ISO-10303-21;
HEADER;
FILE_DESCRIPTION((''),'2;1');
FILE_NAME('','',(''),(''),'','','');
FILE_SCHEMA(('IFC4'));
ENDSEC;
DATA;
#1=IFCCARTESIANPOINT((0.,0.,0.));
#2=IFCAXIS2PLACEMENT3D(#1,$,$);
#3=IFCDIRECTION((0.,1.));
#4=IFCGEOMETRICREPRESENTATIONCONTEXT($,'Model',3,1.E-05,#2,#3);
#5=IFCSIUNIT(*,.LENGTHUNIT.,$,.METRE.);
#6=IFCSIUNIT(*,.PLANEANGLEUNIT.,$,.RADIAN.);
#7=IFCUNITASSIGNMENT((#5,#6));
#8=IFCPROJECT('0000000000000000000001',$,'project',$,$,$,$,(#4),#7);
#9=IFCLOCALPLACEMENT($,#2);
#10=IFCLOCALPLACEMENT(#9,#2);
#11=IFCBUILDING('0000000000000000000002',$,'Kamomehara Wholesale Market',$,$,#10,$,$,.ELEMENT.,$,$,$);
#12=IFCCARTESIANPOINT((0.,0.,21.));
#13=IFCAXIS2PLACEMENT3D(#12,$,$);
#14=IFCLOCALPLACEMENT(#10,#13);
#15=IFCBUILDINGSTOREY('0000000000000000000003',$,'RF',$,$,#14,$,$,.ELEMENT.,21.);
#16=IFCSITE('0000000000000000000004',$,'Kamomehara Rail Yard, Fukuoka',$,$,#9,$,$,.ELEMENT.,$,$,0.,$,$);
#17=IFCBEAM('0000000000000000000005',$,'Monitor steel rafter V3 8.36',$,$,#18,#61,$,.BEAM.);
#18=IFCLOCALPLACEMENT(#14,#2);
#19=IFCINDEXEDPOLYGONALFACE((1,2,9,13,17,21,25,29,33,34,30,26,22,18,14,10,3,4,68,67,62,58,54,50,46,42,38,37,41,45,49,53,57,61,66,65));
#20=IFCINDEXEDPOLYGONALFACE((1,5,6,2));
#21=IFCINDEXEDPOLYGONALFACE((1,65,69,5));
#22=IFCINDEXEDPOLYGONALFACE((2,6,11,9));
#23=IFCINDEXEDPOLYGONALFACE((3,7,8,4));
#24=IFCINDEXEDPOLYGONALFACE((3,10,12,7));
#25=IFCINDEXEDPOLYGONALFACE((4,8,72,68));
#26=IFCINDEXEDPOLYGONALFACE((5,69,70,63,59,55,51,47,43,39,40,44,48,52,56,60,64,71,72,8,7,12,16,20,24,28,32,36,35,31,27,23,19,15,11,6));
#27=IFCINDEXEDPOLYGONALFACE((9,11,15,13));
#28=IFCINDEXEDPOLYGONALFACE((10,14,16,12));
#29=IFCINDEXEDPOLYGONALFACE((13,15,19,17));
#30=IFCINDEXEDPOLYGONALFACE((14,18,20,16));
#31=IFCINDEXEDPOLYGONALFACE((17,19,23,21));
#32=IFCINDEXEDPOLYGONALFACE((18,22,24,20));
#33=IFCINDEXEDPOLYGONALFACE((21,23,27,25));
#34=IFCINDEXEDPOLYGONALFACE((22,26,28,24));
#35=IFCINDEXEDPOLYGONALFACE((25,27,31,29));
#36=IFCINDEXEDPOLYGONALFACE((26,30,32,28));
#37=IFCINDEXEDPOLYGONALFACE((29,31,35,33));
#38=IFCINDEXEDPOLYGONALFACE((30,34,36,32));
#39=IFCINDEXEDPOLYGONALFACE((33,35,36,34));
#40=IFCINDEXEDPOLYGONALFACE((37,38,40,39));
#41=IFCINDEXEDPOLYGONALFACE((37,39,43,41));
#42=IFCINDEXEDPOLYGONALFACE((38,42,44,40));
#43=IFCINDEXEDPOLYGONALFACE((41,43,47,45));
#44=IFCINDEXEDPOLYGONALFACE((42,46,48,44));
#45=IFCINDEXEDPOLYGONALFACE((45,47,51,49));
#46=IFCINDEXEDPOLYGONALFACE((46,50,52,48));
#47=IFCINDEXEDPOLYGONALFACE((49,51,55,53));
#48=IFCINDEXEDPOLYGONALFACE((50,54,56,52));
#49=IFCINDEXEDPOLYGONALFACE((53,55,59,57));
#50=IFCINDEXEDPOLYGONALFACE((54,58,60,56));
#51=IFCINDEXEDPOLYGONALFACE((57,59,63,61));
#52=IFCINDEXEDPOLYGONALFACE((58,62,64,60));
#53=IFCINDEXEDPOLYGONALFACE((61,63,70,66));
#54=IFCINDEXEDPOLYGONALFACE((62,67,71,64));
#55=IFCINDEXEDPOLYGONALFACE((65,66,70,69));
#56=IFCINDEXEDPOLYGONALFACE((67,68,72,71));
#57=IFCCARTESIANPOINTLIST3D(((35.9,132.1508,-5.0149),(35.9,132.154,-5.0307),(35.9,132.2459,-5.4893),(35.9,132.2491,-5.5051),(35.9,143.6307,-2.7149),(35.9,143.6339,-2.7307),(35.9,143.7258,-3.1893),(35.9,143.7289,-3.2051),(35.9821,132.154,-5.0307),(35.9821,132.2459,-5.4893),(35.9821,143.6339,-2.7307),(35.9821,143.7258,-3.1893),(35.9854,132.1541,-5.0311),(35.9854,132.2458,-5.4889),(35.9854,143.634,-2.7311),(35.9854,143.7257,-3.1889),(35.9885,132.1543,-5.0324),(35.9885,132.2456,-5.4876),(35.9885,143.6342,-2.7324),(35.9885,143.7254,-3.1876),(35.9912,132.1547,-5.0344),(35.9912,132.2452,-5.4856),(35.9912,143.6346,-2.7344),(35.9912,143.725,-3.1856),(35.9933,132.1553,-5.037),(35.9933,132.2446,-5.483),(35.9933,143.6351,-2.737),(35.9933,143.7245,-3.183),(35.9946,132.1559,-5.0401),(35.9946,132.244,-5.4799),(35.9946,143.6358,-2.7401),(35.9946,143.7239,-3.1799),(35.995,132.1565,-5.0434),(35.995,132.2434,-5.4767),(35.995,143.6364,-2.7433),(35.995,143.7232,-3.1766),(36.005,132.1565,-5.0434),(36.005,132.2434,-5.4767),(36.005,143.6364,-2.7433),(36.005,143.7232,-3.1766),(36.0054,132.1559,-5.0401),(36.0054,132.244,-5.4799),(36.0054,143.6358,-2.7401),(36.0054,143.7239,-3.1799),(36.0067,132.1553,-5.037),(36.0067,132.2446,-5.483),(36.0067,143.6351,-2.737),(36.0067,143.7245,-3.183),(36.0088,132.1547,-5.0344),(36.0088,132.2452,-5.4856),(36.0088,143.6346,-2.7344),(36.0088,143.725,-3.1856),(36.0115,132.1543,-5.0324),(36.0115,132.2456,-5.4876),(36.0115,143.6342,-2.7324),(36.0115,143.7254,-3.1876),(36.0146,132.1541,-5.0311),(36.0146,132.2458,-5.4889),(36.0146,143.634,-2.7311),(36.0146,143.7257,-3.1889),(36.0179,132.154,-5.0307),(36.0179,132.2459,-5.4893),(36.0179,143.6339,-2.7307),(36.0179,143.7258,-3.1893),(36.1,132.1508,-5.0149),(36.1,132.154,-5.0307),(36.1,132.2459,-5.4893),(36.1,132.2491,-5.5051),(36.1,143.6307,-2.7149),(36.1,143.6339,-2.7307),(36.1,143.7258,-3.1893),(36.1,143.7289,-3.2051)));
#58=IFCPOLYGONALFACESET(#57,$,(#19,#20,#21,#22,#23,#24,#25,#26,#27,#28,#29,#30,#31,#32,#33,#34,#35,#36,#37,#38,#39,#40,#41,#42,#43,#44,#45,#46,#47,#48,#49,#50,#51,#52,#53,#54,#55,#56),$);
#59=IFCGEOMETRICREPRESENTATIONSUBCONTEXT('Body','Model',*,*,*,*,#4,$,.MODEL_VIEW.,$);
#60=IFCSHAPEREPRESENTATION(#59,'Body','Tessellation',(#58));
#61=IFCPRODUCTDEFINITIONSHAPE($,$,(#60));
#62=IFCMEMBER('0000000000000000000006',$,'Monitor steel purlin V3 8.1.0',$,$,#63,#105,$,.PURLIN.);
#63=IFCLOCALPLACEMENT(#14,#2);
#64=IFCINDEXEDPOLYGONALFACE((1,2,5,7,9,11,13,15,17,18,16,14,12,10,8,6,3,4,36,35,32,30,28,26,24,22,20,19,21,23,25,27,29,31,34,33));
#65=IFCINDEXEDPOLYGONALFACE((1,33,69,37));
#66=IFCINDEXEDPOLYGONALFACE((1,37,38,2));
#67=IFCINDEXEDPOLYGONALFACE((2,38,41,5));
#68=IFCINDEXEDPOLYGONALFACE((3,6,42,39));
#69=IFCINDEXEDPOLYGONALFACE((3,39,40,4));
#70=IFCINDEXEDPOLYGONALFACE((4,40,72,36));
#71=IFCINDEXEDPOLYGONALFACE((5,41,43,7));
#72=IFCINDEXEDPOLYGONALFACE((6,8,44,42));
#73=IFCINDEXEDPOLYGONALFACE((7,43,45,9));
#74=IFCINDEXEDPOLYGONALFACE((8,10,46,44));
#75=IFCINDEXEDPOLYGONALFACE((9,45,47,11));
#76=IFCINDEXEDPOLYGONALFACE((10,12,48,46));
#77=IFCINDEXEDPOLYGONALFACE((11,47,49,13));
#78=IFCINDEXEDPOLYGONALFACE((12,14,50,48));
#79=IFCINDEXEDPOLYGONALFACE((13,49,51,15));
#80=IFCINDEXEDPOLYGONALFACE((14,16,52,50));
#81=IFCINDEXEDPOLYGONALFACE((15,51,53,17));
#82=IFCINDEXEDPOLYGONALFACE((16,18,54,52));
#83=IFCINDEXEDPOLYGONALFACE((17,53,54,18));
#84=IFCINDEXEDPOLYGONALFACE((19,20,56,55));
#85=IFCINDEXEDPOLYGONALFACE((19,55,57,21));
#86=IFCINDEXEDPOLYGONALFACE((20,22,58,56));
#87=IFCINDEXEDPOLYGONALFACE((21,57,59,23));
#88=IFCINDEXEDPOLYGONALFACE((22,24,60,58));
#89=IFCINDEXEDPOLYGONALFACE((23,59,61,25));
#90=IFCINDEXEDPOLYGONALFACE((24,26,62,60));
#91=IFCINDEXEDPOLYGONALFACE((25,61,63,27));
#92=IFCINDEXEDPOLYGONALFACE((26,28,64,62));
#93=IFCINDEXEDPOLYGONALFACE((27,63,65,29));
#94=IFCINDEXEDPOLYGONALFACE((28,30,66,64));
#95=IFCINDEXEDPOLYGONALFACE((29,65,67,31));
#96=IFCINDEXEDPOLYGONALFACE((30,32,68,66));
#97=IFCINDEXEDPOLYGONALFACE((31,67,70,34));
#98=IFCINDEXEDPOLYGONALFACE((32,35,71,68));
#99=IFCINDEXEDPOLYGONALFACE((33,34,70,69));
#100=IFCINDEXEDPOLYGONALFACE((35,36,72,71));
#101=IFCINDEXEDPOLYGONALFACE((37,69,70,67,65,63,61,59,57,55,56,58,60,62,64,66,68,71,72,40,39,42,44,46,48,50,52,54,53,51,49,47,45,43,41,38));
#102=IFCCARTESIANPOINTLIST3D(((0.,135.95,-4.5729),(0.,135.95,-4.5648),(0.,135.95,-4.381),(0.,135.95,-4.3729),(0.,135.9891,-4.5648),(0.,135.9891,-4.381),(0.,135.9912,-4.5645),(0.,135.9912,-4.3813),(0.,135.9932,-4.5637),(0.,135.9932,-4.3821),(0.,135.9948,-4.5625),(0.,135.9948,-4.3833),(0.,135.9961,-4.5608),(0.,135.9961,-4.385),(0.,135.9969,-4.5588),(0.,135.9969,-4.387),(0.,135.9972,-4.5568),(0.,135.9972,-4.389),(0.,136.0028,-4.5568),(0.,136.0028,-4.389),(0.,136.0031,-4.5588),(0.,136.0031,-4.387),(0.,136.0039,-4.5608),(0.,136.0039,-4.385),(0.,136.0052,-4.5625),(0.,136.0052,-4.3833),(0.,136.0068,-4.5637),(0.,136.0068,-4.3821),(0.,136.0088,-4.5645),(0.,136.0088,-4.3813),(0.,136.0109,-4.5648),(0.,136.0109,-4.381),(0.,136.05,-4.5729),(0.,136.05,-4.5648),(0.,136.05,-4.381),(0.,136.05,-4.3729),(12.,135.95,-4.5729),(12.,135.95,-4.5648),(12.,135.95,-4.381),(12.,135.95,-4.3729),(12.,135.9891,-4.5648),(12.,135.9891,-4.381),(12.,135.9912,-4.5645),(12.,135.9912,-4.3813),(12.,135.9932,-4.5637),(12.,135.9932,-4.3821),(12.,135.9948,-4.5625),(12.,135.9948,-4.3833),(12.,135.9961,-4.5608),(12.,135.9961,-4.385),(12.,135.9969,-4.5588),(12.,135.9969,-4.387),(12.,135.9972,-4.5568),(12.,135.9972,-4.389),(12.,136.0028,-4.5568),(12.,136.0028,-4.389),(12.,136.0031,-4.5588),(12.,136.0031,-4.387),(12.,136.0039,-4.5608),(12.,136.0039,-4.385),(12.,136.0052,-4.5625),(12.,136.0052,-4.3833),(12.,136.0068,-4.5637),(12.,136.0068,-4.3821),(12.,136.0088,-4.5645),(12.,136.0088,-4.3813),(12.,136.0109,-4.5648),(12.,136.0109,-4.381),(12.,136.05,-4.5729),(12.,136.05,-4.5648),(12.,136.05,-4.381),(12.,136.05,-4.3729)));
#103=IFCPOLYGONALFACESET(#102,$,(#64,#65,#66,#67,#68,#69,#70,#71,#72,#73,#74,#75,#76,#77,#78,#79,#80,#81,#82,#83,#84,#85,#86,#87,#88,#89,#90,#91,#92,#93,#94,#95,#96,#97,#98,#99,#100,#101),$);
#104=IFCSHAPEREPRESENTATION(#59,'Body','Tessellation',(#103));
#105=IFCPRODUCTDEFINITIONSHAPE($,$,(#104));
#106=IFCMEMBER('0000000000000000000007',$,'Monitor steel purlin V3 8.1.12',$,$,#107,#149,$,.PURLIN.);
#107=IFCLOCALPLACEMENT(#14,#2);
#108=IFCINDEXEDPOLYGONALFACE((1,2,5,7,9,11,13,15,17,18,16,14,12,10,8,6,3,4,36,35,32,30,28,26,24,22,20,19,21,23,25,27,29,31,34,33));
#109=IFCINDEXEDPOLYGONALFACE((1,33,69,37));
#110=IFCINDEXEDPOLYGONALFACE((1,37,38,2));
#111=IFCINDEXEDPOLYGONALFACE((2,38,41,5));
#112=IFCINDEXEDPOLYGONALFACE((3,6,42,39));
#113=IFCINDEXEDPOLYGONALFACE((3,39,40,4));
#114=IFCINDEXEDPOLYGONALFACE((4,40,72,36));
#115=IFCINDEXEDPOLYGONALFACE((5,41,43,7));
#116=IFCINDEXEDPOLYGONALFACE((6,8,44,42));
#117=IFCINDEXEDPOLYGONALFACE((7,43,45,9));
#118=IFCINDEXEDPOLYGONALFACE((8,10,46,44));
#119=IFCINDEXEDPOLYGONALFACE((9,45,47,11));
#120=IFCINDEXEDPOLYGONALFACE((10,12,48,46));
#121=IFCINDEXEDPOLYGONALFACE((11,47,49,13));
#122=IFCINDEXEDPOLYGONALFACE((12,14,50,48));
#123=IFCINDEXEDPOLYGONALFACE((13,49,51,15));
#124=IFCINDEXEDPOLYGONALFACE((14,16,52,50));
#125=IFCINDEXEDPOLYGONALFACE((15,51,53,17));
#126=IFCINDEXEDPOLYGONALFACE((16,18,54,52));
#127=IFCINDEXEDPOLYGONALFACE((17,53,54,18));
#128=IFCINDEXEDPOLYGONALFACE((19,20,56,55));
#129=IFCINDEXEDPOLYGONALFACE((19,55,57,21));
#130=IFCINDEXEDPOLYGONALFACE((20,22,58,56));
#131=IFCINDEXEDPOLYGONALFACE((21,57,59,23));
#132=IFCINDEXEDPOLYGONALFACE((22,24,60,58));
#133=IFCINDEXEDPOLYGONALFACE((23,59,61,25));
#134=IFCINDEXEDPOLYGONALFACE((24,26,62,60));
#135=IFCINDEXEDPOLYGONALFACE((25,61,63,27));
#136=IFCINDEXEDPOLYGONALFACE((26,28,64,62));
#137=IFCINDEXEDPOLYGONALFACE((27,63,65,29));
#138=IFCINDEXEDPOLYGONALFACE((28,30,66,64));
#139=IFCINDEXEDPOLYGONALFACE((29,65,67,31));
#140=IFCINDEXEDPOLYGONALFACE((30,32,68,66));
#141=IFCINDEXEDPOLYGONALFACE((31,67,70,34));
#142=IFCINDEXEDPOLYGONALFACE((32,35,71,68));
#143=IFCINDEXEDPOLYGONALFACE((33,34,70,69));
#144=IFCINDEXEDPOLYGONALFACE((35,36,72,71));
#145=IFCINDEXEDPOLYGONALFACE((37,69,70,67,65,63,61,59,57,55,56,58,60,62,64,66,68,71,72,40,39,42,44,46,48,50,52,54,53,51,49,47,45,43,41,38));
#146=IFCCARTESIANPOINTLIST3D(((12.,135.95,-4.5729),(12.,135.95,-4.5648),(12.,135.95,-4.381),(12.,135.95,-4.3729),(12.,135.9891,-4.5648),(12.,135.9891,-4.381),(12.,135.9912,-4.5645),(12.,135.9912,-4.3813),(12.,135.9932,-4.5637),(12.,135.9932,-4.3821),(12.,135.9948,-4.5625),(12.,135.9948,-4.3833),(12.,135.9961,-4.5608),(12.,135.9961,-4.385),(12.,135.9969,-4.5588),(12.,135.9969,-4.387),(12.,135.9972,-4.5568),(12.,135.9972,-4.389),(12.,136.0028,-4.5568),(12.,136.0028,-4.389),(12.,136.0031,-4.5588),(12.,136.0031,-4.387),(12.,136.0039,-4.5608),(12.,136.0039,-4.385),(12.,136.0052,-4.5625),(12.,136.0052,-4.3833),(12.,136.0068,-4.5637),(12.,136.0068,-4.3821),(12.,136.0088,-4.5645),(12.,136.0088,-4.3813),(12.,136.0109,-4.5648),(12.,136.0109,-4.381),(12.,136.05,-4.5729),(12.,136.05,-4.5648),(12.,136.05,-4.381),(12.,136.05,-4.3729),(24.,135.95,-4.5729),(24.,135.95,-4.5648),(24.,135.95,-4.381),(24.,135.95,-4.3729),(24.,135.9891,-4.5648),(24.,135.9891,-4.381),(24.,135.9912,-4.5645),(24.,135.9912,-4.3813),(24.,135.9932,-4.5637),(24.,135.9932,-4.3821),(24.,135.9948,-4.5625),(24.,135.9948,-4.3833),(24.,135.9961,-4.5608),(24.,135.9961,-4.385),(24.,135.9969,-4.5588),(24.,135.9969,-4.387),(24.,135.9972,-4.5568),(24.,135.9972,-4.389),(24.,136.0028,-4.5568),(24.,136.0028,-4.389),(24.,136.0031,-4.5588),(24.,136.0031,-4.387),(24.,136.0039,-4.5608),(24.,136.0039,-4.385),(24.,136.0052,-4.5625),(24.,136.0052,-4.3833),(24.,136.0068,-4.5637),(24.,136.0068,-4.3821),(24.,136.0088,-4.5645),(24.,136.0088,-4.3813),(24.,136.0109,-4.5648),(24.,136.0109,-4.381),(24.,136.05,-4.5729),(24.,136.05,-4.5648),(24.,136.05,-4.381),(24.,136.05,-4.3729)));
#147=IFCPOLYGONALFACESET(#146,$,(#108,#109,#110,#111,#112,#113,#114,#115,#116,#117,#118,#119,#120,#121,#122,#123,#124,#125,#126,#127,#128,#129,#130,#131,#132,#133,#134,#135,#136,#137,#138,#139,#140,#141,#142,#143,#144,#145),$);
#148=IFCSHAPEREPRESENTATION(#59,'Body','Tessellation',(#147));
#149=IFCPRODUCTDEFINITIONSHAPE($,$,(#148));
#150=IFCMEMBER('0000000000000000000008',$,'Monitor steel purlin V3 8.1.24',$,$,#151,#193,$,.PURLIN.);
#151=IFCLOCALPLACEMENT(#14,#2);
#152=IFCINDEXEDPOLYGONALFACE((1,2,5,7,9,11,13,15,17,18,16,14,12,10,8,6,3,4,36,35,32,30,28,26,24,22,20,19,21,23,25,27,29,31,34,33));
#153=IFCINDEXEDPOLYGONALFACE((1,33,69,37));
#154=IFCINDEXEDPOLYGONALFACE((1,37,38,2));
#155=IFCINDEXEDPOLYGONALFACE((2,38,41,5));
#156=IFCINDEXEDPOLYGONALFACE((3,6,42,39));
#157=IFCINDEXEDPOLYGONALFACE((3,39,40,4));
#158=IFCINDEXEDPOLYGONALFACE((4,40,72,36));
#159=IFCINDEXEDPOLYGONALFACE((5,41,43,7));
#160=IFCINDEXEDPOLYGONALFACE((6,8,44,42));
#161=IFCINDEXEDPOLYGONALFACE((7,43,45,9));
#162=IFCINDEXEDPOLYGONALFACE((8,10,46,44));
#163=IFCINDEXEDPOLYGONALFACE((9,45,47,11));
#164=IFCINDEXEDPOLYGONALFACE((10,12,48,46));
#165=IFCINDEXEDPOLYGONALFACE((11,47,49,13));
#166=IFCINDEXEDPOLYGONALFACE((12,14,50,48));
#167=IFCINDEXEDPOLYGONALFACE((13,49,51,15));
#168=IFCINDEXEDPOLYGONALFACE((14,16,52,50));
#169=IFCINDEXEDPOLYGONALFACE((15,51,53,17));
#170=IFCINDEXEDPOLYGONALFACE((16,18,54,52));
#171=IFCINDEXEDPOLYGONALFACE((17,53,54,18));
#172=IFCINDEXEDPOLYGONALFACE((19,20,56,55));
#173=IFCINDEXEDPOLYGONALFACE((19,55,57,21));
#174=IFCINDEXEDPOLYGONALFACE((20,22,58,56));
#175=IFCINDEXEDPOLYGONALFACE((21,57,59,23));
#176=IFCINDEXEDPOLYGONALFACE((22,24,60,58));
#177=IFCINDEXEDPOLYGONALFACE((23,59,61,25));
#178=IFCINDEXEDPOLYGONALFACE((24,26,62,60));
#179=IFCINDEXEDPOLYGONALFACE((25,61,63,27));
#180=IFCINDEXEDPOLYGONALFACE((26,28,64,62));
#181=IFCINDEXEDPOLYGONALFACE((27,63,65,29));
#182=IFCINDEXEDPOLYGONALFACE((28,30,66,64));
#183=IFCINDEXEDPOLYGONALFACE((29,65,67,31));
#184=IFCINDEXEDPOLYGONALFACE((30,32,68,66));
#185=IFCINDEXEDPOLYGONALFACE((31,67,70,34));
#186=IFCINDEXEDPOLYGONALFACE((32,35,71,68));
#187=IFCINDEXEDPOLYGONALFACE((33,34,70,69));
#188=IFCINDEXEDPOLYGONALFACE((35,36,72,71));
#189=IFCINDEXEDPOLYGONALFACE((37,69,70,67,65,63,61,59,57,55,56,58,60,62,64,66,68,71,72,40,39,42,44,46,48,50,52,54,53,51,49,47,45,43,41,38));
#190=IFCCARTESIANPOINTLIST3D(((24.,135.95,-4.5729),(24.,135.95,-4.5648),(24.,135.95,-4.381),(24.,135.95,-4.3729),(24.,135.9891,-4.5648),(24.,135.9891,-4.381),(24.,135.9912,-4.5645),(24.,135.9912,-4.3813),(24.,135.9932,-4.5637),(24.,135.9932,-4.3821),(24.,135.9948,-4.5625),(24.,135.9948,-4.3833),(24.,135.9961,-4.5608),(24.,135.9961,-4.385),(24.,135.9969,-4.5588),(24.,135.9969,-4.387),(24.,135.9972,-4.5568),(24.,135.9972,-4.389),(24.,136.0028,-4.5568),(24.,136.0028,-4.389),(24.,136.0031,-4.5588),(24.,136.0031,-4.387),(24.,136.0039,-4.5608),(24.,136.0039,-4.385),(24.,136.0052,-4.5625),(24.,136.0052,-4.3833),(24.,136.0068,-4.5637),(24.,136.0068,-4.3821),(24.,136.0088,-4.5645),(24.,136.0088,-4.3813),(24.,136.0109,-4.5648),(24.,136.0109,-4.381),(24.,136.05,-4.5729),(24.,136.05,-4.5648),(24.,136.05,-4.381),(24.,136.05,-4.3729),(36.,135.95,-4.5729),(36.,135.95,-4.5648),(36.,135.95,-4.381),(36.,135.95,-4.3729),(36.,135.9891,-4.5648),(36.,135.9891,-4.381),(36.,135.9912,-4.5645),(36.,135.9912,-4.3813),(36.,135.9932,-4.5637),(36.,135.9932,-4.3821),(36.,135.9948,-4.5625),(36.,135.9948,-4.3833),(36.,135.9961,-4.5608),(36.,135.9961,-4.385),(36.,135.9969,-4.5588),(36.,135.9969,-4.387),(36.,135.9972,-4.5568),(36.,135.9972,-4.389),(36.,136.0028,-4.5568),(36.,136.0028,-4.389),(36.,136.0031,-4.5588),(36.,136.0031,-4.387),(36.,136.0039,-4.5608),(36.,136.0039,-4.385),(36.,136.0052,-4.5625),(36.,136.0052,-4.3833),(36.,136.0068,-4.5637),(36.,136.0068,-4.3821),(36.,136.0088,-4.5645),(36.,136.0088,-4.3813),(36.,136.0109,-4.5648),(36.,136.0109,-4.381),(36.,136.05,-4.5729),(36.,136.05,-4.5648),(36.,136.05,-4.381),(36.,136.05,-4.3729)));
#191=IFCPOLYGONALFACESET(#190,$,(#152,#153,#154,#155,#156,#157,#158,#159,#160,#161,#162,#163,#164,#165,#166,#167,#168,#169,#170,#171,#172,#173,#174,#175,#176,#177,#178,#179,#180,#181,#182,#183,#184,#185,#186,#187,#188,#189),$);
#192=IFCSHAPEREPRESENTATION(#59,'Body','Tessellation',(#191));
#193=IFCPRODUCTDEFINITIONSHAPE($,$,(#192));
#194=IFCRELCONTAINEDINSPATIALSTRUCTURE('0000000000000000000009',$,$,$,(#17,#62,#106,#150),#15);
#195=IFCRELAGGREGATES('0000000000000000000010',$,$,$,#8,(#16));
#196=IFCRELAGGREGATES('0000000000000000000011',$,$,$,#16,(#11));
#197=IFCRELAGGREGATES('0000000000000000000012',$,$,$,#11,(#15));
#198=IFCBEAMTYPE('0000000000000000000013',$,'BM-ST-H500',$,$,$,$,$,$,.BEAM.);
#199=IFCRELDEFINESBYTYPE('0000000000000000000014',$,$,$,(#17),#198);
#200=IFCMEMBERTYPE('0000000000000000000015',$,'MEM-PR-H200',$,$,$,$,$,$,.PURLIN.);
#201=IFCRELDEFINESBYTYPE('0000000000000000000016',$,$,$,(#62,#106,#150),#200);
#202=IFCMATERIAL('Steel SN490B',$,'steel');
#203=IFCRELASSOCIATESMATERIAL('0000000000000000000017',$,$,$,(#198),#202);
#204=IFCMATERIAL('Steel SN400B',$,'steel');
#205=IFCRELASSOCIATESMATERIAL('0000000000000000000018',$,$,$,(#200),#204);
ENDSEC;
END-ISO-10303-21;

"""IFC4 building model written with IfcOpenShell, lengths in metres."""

from ifc_helpers import new_model, si_unit, direction, frame, origin, origin_2d, place, context, subcontext, project, spatial, i_section, extrude, material, material_profile, profile_set, type_object, element, save


model = new_model("IFC4")

# Units and contexts
model_context = context("Model", 3, precision=1e-05, world=origin(), true_north=direction((0.0, 1.0)))
body_context = subcontext(model_context, "Body", "Model", "MODEL_VIEW")
ifc_project = project(units=[si_unit("LENGTHUNIT", "METRE"), si_unit("PLANEANGLEUNIT", "RADIAN")], contexts=[model_context])

# Site, building, storey
site_placement = place(None, origin())
site = spatial("IfcSite", under=ifc_project, at=site_placement, Name="Kamomehara Rail Yard, Fukuoka", CompositionType="ELEMENT", RefElevation=0.0)
building_placement = place(site_placement, origin())
building = spatial("IfcBuilding", under=site, at=building_placement, Name="Kamomehara Wholesale Market", CompositionType="ELEMENT")
storey_placement = place(building_placement, frame((0.0, 0.0, 21.0)))
storey = spatial("IfcBuildingStorey", under=building, at=storey_placement, Name="RF", CompositionType="ELEMENT", Elevation=21.0)

# Beam
ifc_material_1 = material(Name="Steel SN490B", Category="steel")
ifc_material_profile_1 = material_profile(ifc_material_1, i_section(OverallWidth=0.2, OverallDepth=0.5, WebThickness=0.01, FlangeThickness=0.0161, FilletRadius=0.0129, at=origin_2d()), Name="H-500x200x10x16")
ifc_profile_set_1 = profile_set([ifc_material_profile_1], Name="Steel SN490B")
beam_type_1 = type_object("IfcBeamType", Name="BM-ST-H500", PredefinedType="BEAM", material=ifc_profile_set_1)
for number, where, z_axis, x_axis, name in (
    (1, (36.0, 132.2, -5.26), (0.0, 0.980514, 0.196449), (-1.0, 0.0, 0.0), "Monitor steel rafter V3 8.36"),
):
    element("IfcBeam", number, at=place(storey_placement, frame(where, z_axis=z_axis, x_axis=x_axis)), inside=storey, type_object=beam_type_1, Name=name, PredefinedType="BEAM", context=body_context, shape_type="SweptSolid", body=[
        extrude(i_section(OverallWidth=0.2, OverallDepth=0.5, WebThickness=0.01, FlangeThickness=0.0161, FilletRadius=0.0129, at=origin_2d()), origin(), (0.0, 0.0, 1.0), 11.708),
    ])

# Members
ifc_material_2 = material(Name="Steel SN400B", Category="steel")
ifc_material_profile_2 = material_profile(ifc_material_2, i_section(OverallWidth=0.1001, OverallDepth=0.2, WebThickness=0.0056, FlangeThickness=0.0081, FilletRadius=0.0081, at=origin_2d()), Name="H-200x100x5.5x8")
ifc_profile_set_2 = profile_set([ifc_material_profile_2], Name="Steel SN400B")
member_type = type_object("IfcMemberType", Name="MEM-PR-H200", PredefinedType="PURLIN", material=ifc_profile_set_2)
for number, where, z_axis, x_axis, name in (
    (2, (0.0, 136.0, -4.4729), (1.0, 0.0, 0.0), (0.0, 1.0, 0.0), "Monitor steel purlin V3 8.1.0"),
    (3, (12.0, 136.0, -4.4729), (1.0, 0.0, 0.0), (0.0, 1.0, 0.0), "Monitor steel purlin V3 8.1.12"),
    (4, (24.0, 136.0, -4.4729), (1.0, 0.0, 0.0), (0.0, 1.0, 0.0), "Monitor steel purlin V3 8.1.24"),
):
    element("IfcMember", number, at=place(storey_placement, frame(where, z_axis=z_axis, x_axis=x_axis)), inside=storey, type_object=member_type, Name=name, PredefinedType="PURLIN", context=body_context, shape_type="SweptSolid", body=[
        extrude(i_section(OverallWidth=0.1001, OverallDepth=0.2, WebThickness=0.0056, FlangeThickness=0.0081, FilletRadius=0.0081, at=origin_2d()), origin(), (0.0, 0.0, 1.0), 12.0),
    ])

save(model, "model.ifc")
